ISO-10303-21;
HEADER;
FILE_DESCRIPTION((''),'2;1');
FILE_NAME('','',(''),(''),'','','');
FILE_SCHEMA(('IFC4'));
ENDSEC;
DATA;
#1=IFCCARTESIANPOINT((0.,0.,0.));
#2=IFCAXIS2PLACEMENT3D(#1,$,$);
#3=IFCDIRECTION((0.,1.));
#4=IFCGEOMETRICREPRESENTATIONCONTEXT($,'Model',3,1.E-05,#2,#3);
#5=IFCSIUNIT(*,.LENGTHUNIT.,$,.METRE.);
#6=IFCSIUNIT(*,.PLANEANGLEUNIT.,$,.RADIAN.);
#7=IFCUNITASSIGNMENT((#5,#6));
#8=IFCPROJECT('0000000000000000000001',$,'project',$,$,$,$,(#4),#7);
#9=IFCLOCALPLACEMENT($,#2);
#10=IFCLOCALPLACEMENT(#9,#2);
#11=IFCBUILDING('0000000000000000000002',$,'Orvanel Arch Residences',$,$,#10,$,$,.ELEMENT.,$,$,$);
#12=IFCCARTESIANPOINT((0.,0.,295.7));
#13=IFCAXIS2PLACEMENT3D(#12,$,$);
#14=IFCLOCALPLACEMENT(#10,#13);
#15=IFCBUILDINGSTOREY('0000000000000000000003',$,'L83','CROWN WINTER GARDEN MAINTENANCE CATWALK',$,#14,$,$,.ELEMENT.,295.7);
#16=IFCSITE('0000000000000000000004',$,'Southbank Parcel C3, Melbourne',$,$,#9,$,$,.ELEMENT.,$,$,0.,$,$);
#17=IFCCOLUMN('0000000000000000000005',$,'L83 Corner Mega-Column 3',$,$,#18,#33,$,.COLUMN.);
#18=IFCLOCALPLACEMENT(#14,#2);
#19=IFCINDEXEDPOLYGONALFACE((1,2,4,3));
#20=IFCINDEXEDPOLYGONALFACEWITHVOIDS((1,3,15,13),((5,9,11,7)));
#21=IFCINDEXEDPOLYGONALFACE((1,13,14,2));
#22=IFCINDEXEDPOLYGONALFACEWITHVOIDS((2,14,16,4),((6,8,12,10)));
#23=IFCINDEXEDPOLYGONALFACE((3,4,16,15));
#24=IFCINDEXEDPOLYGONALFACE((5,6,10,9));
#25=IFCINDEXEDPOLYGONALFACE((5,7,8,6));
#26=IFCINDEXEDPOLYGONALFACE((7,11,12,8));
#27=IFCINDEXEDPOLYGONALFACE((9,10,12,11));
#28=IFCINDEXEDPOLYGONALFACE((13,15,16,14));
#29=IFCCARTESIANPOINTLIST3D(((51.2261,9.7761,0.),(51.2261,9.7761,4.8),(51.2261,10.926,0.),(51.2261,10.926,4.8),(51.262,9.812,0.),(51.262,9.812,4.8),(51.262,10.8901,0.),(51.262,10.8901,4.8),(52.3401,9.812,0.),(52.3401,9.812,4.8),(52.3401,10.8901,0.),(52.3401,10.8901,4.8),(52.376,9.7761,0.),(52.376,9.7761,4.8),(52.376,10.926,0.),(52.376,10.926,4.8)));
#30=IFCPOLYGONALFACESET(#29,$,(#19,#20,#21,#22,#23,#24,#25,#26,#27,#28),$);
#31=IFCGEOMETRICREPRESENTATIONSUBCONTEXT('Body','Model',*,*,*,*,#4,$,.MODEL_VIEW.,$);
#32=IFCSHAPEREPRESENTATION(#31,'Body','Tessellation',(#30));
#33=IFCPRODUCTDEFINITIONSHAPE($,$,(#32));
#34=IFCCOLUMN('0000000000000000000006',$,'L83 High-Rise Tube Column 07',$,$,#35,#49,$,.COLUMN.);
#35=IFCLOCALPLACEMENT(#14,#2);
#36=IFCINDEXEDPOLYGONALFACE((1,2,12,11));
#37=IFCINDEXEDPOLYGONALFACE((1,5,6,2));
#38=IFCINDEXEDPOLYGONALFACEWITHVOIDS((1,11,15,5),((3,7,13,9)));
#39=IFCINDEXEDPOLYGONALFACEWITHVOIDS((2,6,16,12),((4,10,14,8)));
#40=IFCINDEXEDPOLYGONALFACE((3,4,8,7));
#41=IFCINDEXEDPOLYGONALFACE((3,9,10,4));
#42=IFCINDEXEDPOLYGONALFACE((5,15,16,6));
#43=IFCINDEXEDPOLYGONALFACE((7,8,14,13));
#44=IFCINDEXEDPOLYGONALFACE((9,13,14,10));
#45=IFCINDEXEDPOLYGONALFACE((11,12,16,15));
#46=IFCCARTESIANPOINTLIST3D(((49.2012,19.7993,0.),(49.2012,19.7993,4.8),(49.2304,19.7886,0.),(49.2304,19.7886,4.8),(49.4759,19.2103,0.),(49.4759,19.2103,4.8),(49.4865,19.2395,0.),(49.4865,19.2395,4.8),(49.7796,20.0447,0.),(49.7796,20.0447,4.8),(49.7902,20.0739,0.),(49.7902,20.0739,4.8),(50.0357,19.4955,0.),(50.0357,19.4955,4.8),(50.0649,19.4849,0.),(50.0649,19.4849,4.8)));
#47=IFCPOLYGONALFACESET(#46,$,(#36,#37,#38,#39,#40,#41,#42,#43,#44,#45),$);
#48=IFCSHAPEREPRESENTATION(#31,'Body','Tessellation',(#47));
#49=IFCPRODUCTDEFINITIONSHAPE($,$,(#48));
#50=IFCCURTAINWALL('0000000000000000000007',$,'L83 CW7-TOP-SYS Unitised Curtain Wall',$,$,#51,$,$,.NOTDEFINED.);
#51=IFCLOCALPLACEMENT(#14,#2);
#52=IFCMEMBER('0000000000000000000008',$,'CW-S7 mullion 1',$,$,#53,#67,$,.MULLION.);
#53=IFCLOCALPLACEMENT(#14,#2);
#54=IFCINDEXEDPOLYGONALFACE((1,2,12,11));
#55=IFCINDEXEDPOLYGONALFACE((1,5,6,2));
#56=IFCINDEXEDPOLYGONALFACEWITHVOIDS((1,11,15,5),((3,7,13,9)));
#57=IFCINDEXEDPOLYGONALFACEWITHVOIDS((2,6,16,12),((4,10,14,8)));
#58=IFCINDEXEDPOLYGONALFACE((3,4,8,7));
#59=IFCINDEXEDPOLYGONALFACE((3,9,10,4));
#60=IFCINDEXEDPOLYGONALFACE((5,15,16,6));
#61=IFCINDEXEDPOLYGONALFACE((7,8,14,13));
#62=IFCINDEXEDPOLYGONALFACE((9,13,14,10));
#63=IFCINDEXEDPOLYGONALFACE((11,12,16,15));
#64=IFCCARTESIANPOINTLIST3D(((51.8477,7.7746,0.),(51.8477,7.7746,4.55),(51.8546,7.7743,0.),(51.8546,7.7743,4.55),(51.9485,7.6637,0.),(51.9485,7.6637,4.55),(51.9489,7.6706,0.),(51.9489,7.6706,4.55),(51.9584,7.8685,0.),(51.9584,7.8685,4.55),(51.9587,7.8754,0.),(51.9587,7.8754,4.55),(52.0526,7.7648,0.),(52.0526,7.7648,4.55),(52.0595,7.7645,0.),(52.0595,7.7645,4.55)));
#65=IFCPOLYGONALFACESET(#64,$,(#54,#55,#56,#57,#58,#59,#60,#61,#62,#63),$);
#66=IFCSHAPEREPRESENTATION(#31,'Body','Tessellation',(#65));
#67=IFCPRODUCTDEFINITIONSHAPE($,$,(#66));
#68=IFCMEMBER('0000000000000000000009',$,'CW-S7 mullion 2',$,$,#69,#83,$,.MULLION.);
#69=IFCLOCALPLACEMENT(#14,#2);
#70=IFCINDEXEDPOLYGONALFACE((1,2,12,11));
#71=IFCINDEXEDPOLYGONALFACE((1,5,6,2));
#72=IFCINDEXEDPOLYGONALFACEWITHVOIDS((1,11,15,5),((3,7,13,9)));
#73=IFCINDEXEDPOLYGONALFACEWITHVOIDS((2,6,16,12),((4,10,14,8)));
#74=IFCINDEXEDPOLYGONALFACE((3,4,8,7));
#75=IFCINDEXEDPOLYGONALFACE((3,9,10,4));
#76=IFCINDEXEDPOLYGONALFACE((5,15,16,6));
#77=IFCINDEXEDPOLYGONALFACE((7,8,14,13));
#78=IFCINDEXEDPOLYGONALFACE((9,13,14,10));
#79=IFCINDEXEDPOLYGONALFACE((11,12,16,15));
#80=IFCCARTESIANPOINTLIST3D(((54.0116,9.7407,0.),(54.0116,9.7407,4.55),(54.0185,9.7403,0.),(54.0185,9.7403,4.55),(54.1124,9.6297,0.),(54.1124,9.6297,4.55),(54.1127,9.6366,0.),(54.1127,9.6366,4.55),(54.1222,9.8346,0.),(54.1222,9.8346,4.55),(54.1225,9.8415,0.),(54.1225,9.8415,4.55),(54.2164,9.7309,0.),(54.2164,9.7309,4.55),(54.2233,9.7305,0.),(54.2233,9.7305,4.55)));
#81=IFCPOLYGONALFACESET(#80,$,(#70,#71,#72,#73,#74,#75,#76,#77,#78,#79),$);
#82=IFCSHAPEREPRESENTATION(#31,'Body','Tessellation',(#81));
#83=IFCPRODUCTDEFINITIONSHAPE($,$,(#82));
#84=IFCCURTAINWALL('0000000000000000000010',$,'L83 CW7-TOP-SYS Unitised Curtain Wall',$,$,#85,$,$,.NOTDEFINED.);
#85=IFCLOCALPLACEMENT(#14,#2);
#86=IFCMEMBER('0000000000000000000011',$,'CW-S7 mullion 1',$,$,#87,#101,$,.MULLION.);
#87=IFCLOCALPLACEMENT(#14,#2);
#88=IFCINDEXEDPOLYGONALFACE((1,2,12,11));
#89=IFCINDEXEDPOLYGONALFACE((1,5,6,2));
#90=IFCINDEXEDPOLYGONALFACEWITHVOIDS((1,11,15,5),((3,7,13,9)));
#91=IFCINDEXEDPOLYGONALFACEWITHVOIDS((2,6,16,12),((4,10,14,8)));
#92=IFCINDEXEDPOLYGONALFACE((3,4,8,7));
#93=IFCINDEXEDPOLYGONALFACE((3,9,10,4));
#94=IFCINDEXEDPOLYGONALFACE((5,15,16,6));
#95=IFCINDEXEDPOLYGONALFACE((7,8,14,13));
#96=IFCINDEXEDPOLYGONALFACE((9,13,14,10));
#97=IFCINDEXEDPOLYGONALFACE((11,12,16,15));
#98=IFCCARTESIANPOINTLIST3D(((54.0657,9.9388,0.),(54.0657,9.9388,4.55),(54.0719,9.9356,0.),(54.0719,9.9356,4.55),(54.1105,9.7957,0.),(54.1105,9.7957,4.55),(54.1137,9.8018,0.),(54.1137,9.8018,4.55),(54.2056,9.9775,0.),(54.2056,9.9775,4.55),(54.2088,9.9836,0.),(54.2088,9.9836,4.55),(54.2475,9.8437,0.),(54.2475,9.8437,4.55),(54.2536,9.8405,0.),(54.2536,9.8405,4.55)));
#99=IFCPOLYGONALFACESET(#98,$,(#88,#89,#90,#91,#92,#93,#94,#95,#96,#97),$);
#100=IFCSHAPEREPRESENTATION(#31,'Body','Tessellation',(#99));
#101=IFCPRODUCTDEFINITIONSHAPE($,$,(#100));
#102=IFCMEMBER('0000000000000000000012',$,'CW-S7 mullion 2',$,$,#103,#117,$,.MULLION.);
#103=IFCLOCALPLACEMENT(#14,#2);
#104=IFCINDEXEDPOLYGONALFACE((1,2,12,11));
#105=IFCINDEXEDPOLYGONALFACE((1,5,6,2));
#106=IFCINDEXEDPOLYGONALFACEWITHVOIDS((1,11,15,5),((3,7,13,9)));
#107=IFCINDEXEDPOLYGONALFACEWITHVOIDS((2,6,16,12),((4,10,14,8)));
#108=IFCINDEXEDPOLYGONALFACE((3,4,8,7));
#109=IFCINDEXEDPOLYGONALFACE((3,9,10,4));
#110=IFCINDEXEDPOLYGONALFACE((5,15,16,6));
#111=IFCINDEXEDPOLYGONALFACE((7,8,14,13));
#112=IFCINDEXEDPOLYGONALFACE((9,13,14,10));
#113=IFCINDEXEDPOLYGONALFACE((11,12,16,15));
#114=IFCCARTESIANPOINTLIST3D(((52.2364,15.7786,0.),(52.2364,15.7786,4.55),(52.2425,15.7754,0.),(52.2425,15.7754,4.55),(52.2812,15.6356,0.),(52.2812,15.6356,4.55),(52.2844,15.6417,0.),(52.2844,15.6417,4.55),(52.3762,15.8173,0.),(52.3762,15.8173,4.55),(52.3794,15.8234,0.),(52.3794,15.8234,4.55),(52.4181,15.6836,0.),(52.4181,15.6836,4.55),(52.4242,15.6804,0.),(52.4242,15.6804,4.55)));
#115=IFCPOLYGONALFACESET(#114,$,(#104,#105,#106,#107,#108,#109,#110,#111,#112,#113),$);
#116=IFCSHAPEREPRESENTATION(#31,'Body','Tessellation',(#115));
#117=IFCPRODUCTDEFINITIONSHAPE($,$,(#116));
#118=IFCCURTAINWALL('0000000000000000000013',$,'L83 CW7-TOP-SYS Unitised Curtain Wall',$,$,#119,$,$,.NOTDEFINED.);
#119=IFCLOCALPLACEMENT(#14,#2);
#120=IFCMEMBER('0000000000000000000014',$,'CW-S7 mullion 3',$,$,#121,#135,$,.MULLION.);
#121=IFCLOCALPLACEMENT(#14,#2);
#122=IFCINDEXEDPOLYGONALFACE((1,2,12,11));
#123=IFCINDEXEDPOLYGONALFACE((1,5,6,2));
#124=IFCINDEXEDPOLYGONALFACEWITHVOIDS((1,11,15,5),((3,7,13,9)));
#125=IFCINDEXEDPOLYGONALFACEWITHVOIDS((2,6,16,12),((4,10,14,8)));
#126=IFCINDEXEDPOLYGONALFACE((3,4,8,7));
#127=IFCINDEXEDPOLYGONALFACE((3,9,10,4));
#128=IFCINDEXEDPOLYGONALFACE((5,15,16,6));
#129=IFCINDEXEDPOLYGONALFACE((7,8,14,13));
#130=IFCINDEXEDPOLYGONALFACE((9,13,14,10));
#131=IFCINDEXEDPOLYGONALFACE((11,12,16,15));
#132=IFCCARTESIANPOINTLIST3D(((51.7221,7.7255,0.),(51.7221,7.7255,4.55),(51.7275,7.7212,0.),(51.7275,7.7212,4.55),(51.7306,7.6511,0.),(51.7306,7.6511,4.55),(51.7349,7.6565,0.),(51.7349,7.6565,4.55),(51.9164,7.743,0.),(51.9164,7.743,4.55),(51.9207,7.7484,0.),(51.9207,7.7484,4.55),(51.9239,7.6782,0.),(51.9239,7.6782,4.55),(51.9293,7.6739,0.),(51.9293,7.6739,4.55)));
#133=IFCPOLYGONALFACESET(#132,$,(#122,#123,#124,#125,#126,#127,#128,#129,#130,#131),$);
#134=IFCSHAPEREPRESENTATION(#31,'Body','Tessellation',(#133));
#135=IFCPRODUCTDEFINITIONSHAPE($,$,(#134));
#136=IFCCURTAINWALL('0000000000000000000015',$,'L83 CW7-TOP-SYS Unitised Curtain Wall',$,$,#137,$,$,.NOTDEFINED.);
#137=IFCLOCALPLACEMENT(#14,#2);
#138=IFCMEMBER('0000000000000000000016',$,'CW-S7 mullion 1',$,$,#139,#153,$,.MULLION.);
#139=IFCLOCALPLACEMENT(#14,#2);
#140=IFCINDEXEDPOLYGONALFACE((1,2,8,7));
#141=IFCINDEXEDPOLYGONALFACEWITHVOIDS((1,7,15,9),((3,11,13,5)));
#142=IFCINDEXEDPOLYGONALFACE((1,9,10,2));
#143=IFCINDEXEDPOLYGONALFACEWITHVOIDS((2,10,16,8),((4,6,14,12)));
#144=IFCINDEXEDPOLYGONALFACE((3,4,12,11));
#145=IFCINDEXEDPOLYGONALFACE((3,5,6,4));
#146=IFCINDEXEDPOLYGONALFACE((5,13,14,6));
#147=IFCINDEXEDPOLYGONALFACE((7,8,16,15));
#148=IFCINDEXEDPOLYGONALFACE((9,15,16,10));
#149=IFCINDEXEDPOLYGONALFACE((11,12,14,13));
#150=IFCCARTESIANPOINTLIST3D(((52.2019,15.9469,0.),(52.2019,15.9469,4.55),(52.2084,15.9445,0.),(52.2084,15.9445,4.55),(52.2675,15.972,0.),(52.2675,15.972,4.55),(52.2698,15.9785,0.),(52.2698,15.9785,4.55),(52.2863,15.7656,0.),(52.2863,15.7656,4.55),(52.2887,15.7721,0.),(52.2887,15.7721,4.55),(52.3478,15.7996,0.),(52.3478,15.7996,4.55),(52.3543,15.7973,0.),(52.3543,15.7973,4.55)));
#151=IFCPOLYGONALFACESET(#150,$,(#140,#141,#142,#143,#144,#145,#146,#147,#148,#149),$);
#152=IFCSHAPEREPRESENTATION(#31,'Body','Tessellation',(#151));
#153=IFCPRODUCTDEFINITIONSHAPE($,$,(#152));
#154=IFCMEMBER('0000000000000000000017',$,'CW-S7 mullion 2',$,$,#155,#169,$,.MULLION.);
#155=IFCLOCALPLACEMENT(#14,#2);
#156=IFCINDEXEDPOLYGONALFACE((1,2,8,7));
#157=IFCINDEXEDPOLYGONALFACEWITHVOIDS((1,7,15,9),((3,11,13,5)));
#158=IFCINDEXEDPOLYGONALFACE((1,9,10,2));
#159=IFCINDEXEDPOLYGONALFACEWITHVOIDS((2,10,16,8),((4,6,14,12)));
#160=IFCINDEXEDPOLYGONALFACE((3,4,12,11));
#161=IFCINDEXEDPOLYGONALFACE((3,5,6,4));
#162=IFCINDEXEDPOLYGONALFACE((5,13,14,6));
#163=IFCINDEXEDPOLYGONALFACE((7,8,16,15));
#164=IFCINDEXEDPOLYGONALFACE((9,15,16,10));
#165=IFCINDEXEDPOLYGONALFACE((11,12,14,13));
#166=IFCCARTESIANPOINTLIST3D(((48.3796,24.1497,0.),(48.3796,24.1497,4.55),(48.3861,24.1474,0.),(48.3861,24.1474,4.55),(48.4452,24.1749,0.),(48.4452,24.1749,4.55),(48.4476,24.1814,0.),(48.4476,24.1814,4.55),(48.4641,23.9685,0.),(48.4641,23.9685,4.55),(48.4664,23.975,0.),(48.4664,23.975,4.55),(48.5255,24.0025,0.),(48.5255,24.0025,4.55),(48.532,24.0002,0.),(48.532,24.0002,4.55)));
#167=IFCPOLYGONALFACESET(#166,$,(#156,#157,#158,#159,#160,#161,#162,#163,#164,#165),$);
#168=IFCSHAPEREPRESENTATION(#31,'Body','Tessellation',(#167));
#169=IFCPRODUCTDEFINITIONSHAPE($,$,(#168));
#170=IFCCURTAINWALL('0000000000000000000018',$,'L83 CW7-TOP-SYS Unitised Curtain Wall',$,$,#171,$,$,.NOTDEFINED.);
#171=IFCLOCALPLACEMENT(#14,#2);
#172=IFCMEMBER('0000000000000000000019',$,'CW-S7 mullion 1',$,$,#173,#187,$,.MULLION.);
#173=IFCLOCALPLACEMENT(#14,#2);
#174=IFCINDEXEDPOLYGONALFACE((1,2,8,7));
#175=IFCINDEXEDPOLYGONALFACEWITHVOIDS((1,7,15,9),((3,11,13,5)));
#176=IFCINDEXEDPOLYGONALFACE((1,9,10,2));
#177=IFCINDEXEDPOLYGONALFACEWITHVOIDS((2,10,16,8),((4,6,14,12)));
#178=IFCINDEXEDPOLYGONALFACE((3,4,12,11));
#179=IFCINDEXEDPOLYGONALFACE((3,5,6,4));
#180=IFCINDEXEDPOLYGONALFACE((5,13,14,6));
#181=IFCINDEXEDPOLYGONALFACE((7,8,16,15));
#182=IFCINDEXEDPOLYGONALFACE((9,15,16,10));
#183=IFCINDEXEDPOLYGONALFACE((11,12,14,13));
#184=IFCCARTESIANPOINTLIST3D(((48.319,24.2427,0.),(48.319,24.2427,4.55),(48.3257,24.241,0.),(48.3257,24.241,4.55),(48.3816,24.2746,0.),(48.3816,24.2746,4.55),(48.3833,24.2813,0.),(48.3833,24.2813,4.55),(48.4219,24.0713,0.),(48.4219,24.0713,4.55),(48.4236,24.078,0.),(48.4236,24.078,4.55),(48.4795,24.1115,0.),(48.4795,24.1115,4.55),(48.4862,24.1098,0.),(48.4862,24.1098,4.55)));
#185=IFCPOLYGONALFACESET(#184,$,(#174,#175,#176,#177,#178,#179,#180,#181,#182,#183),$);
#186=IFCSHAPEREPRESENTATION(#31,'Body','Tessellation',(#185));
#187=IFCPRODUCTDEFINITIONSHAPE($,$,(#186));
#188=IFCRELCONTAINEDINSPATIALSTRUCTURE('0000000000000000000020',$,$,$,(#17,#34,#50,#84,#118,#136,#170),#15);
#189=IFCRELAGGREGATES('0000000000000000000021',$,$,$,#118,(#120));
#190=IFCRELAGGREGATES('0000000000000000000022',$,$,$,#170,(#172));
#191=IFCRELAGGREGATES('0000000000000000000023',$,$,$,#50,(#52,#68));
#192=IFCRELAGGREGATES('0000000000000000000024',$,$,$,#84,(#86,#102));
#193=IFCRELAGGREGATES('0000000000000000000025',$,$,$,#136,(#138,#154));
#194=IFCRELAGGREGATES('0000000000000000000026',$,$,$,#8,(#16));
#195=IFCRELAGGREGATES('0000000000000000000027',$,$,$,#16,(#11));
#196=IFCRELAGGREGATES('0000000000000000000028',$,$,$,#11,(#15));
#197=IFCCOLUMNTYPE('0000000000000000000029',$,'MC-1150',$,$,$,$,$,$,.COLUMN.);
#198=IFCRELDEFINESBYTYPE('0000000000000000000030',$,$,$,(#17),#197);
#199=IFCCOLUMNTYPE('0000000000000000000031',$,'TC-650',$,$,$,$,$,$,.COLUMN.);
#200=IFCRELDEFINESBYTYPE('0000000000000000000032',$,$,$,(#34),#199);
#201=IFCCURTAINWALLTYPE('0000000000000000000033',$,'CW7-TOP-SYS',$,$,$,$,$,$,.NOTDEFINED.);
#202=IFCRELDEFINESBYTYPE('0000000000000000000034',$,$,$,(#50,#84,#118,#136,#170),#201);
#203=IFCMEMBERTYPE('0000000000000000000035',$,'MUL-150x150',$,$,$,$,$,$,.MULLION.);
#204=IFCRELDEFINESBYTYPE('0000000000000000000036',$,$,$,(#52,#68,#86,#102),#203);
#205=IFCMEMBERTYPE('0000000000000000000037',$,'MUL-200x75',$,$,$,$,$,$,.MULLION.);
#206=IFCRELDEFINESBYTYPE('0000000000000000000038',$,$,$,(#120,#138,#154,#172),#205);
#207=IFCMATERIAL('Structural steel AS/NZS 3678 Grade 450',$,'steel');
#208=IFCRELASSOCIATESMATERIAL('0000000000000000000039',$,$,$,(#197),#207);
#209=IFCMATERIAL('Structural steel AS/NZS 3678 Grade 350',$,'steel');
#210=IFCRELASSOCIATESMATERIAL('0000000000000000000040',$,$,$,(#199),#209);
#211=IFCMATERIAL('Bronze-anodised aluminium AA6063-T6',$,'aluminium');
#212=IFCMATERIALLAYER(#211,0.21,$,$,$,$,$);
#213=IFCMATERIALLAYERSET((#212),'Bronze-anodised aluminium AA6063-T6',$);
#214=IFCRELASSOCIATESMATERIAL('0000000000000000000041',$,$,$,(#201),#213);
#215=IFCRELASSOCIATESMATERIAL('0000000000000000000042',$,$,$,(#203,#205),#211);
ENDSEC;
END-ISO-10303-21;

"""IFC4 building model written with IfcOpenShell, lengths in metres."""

from ifc_helpers import new_model, si_unit, direction, frame, origin, origin_2d, place, context, subcontext, project, spatial, hollow_rectangle, extrude, material, layer, layer_set, material_profile, profile_set, type_object, element, aggregate, save


model = new_model("IFC4")

# Units and contexts
model_context = context("Model", 3, precision=1e-05, world=origin(), true_north=direction((0.0, 1.0)))
body_context = subcontext(model_context, "Body", "Model", "MODEL_VIEW")
ifc_project = project(units=[si_unit("LENGTHUNIT", "METRE"), si_unit("PLANEANGLEUNIT", "RADIAN")], contexts=[model_context])

# Site, building, storey
site_placement = place(None, origin())
site = spatial("IfcSite", under=ifc_project, at=site_placement, Name="Southbank Parcel C3, Melbourne", CompositionType="ELEMENT", RefElevation=0.0)
building_placement = place(site_placement, origin())
building = spatial("IfcBuilding", under=site, at=building_placement, Name="Orvanel Arch Residences", CompositionType="ELEMENT")
storey_placement = place(building_placement, frame((0.0, 0.0, 295.7)))
storey = spatial("IfcBuildingStorey", under=building, at=storey_placement, Name="L83", Description="CROWN WINTER GARDEN MAINTENANCE CATWALK", CompositionType="ELEMENT", Elevation=295.7)

# Columns
ifc_material_1 = material(Name="Structural steel AS/NZS 3678 Grade 450", Category="steel")
ifc_material_profile_1 = material_profile(ifc_material_1, hollow_rectangle(XDim=1.1499, YDim=1.1499, WallThickness=0.0359, at=origin_2d()), Name="BOX1150x1150x36")
ifc_profile_set_1 = profile_set([ifc_material_profile_1], Name="Structural steel AS/NZS 3678 Grade 450")
column_type_1 = type_object("IfcColumnType", Name="MC-1150", PredefinedType="COLUMN", material=ifc_profile_set_1)
column_1_placement = place(storey_placement, frame((51.801, 10.3511, 0.0), z_axis=(0.0, 0.0, 1.0), x_axis=(1.0, 0.0, 0.0)))
element("IfcColumn", 1, at=column_1_placement, inside=storey, type_object=column_type_1, Name="L83 Corner Mega-Column 3", PredefinedType="COLUMN", context=body_context, shape_type="SweptSolid", body=[
    extrude(hollow_rectangle(XDim=1.1499, YDim=1.1499, WallThickness=0.0359, at=origin_2d()), origin(), (0.0, 0.0, 1.0), 4.8),
])
ifc_material_2 = material(Name="Structural steel AS/NZS 3678 Grade 350", Category="steel")
ifc_material_profile_2 = material_profile(ifc_material_2, hollow_rectangle(XDim=0.6499, YDim=0.6499, WallThickness=0.022, at=origin_2d()), Name="BOX650x650x22")
ifc_profile_set_2 = profile_set([ifc_material_profile_2], Name="Structural steel AS/NZS 3678 Grade 350")
column_type_2 = type_object("IfcColumnType", Name="TC-650", PredefinedType="COLUMN", material=ifc_profile_set_2)
column_2_placement = place(storey_placement, frame((49.6331, 19.6421, 0.0), z_axis=(0.0, 0.0, 1.0), x_axis=(-0.422618, 0.906308, 0.0)))
element("IfcColumn", 2, at=column_2_placement, inside=storey, type_object=column_type_2, Name="L83 High-Rise Tube Column 07", PredefinedType="COLUMN", context=body_context, shape_type="SweptSolid", body=[
    extrude(hollow_rectangle(XDim=0.6499, YDim=0.6499, WallThickness=0.022, at=origin_2d()), origin(), (0.0, 0.0, 1.0), 4.8),
])

# Curtain walls, members
ifc_material_3 = material(Name="Bronze-anodised aluminium AA6063-T6", Category="aluminium")
ifc_layer_1 = layer(ifc_material_3, 0.21)
ifc_layer_set_1 = layer_set([ifc_layer_1], Name="Bronze-anodised aluminium AA6063-T6")
curtain_wall_type = type_object("IfcCurtainWallType", Name="CW7-TOP-SYS", PredefinedType="NOTDEFINED", material=ifc_layer_set_1)
curtain_wall_1_placement = place(storey_placement, origin())
curtain_wall_1 = element("IfcCurtainWall", 3, at=curtain_wall_1_placement, inside=storey, type_object=curtain_wall_type, Name="L83 CW7-TOP-SYS Unitised Curtain Wall", PredefinedType="NOTDEFINED")
ifc_material_profile_3 = material_profile(ifc_material_3, hollow_rectangle(XDim=0.1499, YDim=0.1499, WallThickness=0.0049, at=origin_2d()), Name="ALU150x150x5")
ifc_profile_set_3 = profile_set([ifc_material_profile_3], Name="Bronze-anodised aluminium AA6063-T6")
member_type_1 = type_object("IfcMemberType", Name="MUL-150x150", PredefinedType="MULLION", material=ifc_profile_set_3)
member_1_placement = place(storey_placement, frame((51.9536, 7.7695, 0.0), z_axis=(0.0, 0.0, 1.0), x_axis=(-0.672462, 0.740131, 0.0)))
member_1 = element("IfcMember", 4, at=member_1_placement, type_object=member_type_1, Name="CW-S7 mullion 1", PredefinedType="MULLION", context=body_context, shape_type="SweptSolid", body=[
    extrude(hollow_rectangle(XDim=0.1499, YDim=0.1499, WallThickness=0.0049, at=origin_2d()), origin(), (0.0, 0.0, 1.0), 4.55),
])
member_2_placement = place(storey_placement, frame((54.1174, 9.7356, 0.0), z_axis=(0.0, 0.0, 1.0), x_axis=(-0.672462, 0.740131, 0.0)))
member_2 = element("IfcMember", 5, at=member_2_placement, type_object=member_type_1, Name="CW-S7 mullion 2", PredefinedType="MULLION", context=body_context, shape_type="SweptSolid", body=[
    extrude(hollow_rectangle(XDim=0.1499, YDim=0.1499, WallThickness=0.0049, at=origin_2d()), origin(), (0.0, 0.0, 1.0), 4.55),
])
curtain_wall_2_placement = place(storey_placement, origin())
curtain_wall_2 = element("IfcCurtainWall", 6, at=curtain_wall_2_placement, inside=storey, type_object=curtain_wall_type, Name="L83 CW7-TOP-SYS Unitised Curtain Wall", PredefinedType="NOTDEFINED")
member_3_placement = place(storey_placement, frame((54.1597, 9.8896, 0.0), z_axis=(0.0, 0.0, 1.0), x_axis=(-0.954284, -0.298902, 0.0)))
member_3 = element("IfcMember", 7, at=member_3_placement, type_object=member_type_1, Name="CW-S7 mullion 1", PredefinedType="MULLION", context=body_context, shape_type="SweptSolid", body=[
    extrude(hollow_rectangle(XDim=0.1499, YDim=0.1499, WallThickness=0.0049, at=origin_2d()), origin(), (0.0, 0.0, 1.0), 4.55),
])
member_4_placement = place(storey_placement, frame((52.3303, 15.7295, 0.0), z_axis=(0.0, 0.0, 1.0), x_axis=(-0.954284, -0.298902, 0.0)))
member_4 = element("IfcMember", 8, at=member_4_placement, type_object=member_type_1, Name="CW-S7 mullion 2", PredefinedType="MULLION", context=body_context, shape_type="SweptSolid", body=[
    extrude(hollow_rectangle(XDim=0.1499, YDim=0.1499, WallThickness=0.0049, at=origin_2d()), origin(), (0.0, 0.0, 1.0), 4.55),
])

# Curtain wall, member
curtain_wall_3_placement = place(storey_placement, origin())
curtain_wall_3 = element("IfcCurtainWall", 9, at=curtain_wall_3_placement, inside=storey, type_object=curtain_wall_type, Name="L83 CW7-TOP-SYS Unitised Curtain Wall", PredefinedType="NOTDEFINED")
ifc_material_profile_4 = material_profile(ifc_material_3, hollow_rectangle(XDim=0.075, YDim=0.2, WallThickness=0.0049, at=origin_2d()), Name="ALU200x75x5")
ifc_profile_set_4 = profile_set([ifc_material_profile_4], Name="Bronze-anodised aluminium AA6063-T6")
member_type_2 = type_object("IfcMemberType", Name="MUL-200x75", PredefinedType="MULLION", material=ifc_profile_set_4)
member_5_placement = place(storey_placement, frame((51.8257, 7.6997, 0.0), z_axis=(0.0, 0.0, 1.0), x_axis=(-0.114245, 0.993453, 0.0)))
member_5 = element("IfcMember", 10, at=member_5_placement, type_object=member_type_2, Name="CW-S7 mullion 3", PredefinedType="MULLION", context=body_context, shape_type="SweptSolid", body=[
    extrude(hollow_rectangle(XDim=0.075, YDim=0.2, WallThickness=0.0049, at=origin_2d()), origin(), (0.0, 0.0, 1.0), 4.55),
])
aggregate(curtain_wall_3, [member_5])

# Curtain wall, members
curtain_wall_4_placement = place(storey_placement, origin())
curtain_wall_4 = element("IfcCurtainWall", 11, at=curtain_wall_4_placement, inside=storey, type_object=curtain_wall_type, Name="L83 CW7-TOP-SYS Unitised Curtain Wall", PredefinedType="NOTDEFINED")
member_6_placement = place(storey_placement, frame((52.2781, 15.8721, 0.0), z_axis=(0.0, 0.0, 1.0), x_axis=(-0.906427, -0.422363, 0.0)))
member_6 = element("IfcMember", 12, at=member_6_placement, type_object=member_type_2, Name="CW-S7 mullion 1", PredefinedType="MULLION", context=body_context, shape_type="SweptSolid", body=[
    extrude(hollow_rectangle(XDim=0.075, YDim=0.2, WallThickness=0.0049, at=origin_2d()), origin(), (0.0, 0.0, 1.0), 4.55),
])
member_7_placement = place(storey_placement, frame((48.4558, 24.075, 0.0), z_axis=(0.0, 0.0, 1.0), x_axis=(-0.906427, -0.422363, 0.0)))
member_7 = element("IfcMember", 13, at=member_7_placement, type_object=member_type_2, Name="CW-S7 mullion 2", PredefinedType="MULLION", context=body_context, shape_type="SweptSolid", body=[
    extrude(hollow_rectangle(XDim=0.075, YDim=0.2, WallThickness=0.0049, at=origin_2d()), origin(), (0.0, 0.0, 1.0), 4.55),
])

# Curtain wall, member
curtain_wall_5_placement = place(storey_placement, origin())
curtain_wall_5 = element("IfcCurtainWall", 14, at=curtain_wall_5_placement, inside=storey, type_object=curtain_wall_type, Name="L83 CW7-TOP-SYS Unitised Curtain Wall", PredefinedType="NOTDEFINED")
member_8_placement = place(storey_placement, frame((48.4026, 24.1763, 0.0), z_axis=(0.0, 0.0, 1.0), x_axis=(-0.857522, -0.514447, 0.0)))
member_8 = element("IfcMember", 15, at=member_8_placement, type_object=member_type_2, Name="CW-S7 mullion 1", PredefinedType="MULLION", context=body_context, shape_type="SweptSolid", body=[
    extrude(hollow_rectangle(XDim=0.075, YDim=0.2, WallThickness=0.0049, at=origin_2d()), origin(), (0.0, 0.0, 1.0), 4.55),
])
aggregate(curtain_wall_5, [member_8])

aggregate(curtain_wall_1, [member_1, member_2])
aggregate(curtain_wall_2, [member_3, member_4])
aggregate(curtain_wall_4, [member_6, member_7])

save(model, "model.ifc")
